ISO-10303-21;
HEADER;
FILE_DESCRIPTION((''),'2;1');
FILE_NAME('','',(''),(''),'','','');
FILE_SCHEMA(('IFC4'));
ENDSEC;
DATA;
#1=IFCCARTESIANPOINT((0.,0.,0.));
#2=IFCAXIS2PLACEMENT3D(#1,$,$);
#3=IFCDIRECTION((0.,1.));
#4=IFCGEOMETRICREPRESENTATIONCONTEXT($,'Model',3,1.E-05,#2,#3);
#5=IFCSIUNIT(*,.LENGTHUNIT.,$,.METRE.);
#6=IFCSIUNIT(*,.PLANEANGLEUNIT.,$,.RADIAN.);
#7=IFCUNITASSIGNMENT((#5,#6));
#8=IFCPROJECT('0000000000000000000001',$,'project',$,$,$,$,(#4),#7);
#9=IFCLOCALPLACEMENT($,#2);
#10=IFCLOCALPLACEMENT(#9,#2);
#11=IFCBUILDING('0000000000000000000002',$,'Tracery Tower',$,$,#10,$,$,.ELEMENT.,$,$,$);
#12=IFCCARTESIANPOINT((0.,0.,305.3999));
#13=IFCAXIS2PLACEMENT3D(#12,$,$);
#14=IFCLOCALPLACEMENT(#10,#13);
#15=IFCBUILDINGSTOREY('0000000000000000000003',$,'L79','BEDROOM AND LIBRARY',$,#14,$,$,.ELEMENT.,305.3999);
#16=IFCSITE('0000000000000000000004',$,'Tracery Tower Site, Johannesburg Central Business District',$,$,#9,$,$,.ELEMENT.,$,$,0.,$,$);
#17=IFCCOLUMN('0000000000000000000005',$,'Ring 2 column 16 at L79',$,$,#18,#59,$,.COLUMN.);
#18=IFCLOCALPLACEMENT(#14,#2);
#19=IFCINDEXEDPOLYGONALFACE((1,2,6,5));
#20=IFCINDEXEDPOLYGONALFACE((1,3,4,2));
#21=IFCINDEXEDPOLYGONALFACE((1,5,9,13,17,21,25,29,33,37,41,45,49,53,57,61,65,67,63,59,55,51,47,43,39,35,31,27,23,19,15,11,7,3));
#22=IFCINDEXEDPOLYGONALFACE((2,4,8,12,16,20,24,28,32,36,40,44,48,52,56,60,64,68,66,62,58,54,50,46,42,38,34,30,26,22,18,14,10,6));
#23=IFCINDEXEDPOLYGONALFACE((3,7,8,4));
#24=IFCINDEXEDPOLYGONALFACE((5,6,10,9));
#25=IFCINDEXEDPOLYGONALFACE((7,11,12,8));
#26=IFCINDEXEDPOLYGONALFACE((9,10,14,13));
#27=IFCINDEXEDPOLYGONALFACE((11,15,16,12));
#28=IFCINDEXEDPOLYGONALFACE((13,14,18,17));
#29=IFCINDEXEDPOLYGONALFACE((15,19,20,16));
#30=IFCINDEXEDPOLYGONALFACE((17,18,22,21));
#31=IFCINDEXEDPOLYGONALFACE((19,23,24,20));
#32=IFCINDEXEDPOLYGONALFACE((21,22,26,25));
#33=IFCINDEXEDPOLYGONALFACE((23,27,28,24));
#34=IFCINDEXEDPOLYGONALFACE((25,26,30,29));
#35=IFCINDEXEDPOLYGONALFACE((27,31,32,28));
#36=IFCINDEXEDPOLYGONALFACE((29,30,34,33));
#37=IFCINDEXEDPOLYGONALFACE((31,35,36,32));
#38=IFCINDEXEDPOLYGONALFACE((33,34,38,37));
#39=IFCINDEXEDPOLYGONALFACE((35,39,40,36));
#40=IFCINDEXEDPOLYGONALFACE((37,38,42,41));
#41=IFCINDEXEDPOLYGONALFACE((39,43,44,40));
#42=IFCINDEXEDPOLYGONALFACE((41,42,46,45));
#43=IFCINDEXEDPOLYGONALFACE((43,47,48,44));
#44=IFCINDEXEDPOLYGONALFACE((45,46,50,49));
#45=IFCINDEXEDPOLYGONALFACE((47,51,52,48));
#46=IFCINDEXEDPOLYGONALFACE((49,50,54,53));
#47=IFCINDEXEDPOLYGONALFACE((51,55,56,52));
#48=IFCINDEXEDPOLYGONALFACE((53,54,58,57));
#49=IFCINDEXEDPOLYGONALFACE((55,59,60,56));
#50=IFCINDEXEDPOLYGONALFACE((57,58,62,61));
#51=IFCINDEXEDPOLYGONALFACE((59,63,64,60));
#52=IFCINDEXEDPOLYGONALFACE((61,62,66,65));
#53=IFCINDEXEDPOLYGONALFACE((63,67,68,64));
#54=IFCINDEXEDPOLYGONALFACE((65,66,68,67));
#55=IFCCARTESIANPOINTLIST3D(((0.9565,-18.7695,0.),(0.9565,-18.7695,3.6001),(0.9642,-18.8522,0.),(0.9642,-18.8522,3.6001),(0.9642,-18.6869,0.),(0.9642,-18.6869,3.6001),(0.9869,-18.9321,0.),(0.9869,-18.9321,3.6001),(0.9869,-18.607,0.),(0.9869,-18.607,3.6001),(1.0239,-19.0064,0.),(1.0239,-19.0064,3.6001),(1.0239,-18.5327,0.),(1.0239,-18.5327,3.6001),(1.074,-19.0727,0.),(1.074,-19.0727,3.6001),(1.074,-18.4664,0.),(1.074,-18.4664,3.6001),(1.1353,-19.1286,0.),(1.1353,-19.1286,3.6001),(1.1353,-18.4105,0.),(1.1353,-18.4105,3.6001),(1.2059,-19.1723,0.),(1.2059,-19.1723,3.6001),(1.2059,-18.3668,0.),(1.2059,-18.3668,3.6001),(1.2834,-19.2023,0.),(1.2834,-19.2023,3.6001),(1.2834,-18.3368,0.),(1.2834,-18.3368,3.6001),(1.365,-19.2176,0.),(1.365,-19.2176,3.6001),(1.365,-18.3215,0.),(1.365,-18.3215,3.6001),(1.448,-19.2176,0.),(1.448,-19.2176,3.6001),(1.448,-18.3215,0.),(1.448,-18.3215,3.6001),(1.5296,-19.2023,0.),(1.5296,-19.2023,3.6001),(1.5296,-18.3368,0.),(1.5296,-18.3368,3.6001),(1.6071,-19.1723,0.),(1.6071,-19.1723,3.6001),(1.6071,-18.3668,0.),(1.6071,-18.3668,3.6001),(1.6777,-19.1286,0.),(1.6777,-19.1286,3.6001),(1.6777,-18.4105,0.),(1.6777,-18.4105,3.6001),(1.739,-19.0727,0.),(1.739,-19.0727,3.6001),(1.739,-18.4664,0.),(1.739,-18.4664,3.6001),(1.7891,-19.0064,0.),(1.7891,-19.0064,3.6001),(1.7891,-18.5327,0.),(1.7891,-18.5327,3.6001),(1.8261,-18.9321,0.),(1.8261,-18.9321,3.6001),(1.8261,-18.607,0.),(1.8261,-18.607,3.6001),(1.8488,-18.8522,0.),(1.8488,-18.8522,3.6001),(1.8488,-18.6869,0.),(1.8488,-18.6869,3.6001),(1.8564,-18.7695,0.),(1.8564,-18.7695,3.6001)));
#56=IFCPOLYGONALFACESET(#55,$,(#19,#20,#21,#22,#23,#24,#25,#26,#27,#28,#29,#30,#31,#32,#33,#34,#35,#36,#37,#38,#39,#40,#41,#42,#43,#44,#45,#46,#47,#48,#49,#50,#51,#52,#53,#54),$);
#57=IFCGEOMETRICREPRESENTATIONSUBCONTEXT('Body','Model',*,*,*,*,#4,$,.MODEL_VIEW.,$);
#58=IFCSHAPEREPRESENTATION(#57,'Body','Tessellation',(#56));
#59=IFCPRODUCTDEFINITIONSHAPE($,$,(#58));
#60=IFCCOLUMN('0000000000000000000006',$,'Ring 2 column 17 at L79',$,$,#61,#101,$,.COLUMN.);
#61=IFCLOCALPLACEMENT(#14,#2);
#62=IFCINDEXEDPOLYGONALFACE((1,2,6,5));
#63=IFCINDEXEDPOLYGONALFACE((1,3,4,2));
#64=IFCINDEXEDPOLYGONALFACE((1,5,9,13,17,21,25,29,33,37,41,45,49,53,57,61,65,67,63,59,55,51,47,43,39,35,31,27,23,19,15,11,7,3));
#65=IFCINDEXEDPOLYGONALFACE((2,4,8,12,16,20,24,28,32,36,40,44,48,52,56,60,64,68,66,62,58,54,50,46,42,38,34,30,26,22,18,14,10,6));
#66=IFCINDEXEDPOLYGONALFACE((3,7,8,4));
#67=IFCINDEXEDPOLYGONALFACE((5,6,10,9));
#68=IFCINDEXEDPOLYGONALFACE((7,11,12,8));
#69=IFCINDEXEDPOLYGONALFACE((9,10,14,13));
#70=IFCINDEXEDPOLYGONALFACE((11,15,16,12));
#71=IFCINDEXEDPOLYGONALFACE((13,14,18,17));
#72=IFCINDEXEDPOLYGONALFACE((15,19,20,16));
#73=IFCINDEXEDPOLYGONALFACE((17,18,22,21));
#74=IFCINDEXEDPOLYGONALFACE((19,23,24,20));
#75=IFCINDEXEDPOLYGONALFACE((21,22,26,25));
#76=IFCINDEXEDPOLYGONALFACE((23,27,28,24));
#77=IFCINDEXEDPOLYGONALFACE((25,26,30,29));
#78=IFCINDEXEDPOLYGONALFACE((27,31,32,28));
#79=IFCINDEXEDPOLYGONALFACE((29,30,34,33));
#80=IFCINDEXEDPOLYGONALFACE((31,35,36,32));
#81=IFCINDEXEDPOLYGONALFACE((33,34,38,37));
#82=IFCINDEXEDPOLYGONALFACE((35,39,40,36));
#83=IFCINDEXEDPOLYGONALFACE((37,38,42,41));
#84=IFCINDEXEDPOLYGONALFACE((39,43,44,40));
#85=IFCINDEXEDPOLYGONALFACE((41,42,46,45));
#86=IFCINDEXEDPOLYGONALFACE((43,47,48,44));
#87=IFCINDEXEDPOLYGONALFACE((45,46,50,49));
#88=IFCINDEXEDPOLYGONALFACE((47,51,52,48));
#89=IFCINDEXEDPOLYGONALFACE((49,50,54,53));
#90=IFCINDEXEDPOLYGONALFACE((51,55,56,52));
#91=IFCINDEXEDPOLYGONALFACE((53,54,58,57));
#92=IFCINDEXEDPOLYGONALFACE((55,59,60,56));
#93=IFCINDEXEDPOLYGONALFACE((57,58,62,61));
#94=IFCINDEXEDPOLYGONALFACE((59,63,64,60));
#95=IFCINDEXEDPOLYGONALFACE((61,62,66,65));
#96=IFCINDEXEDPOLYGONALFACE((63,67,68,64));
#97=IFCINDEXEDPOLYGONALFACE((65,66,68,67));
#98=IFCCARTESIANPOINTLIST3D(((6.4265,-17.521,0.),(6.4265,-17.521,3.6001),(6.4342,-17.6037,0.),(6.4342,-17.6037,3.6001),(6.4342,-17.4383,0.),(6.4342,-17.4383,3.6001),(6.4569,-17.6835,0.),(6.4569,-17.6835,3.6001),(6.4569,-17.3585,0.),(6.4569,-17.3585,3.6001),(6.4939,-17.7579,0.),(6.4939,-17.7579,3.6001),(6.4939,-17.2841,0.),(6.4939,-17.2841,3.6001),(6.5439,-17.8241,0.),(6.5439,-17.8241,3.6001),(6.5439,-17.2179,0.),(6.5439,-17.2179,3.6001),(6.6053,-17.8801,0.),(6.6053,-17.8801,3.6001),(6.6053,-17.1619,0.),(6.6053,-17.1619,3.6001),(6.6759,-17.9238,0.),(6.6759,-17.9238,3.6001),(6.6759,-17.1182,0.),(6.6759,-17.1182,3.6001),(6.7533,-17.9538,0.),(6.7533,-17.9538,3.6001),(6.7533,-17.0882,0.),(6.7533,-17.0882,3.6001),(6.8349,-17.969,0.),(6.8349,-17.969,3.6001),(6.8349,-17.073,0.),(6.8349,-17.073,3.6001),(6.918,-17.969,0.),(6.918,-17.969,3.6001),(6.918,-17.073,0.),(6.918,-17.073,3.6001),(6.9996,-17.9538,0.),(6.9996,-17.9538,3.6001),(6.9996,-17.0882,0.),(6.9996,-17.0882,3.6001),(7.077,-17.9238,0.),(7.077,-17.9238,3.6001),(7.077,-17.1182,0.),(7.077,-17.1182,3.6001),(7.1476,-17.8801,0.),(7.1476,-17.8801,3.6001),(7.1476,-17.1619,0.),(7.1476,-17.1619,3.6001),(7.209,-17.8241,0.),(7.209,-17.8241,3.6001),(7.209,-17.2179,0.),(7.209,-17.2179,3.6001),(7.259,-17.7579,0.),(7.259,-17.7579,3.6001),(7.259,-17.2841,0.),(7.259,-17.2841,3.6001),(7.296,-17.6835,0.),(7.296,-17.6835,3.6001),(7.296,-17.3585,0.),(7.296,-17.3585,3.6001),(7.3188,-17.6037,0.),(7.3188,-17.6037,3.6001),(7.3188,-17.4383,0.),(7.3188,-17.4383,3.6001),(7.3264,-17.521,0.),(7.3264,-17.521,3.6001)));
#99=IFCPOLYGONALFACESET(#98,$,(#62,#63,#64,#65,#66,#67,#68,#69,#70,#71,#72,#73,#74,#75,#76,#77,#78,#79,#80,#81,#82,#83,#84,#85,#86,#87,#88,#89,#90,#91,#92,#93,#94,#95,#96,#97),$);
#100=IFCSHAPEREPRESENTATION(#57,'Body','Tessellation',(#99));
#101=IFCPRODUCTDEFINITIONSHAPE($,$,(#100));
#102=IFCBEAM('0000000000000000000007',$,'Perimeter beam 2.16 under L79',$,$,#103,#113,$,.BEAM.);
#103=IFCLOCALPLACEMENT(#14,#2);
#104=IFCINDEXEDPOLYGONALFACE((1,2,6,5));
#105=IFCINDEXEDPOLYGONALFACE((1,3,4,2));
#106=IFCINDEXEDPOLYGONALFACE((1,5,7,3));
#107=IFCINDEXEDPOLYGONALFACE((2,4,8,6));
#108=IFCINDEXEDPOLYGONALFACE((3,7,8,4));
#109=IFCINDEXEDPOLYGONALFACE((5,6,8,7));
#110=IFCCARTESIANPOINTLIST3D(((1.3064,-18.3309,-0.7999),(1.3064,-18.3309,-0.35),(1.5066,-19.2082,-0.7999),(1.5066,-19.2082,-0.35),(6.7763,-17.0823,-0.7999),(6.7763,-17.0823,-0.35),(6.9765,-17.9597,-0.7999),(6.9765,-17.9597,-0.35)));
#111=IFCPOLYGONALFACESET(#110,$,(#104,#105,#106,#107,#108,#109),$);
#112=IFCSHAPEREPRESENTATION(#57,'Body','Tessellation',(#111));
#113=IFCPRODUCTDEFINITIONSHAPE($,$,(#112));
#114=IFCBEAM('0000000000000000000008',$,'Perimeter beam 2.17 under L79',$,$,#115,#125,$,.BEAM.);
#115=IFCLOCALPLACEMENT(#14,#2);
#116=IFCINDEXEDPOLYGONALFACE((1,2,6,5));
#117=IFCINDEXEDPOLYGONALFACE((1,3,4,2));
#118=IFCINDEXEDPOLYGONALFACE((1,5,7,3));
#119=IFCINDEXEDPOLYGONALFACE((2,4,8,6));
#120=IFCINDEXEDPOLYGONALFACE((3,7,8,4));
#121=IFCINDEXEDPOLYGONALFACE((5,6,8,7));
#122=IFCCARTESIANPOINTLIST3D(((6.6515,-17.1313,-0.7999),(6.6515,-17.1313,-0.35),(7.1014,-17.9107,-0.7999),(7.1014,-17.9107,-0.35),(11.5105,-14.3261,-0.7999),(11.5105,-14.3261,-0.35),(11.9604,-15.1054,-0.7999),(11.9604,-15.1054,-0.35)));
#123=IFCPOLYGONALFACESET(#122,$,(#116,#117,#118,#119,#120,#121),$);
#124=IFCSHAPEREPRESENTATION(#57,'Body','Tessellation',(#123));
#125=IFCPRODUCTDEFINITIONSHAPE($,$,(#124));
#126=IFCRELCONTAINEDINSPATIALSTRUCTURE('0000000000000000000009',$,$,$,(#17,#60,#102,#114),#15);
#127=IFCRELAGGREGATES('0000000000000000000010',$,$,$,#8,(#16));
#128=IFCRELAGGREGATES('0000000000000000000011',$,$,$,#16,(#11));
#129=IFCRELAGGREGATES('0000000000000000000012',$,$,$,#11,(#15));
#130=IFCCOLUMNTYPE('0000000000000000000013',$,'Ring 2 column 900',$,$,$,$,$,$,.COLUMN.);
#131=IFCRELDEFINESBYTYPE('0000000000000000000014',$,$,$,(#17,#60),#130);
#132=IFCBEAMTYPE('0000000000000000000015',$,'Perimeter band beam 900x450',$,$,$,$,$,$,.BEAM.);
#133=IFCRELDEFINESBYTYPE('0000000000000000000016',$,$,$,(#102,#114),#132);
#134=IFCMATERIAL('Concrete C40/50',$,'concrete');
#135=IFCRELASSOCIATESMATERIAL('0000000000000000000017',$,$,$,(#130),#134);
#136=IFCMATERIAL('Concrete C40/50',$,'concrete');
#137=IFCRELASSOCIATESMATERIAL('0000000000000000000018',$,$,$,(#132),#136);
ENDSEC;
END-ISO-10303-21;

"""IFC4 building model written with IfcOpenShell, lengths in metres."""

from ifc_helpers import new_model, si_unit, direction, frame, origin, origin_2d, place, context, subcontext, project, spatial, rectangle, circle, extrude, material, material_profile, profile_set, type_object, element, save


model = new_model("IFC4")

# Units and contexts
model_context = context("Model", 3, precision=1e-05, world=origin(), true_north=direction((0.0, 1.0)))
body_context = subcontext(model_context, "Body", "Model", "MODEL_VIEW")
ifc_project = project(units=[si_unit("LENGTHUNIT", "METRE"), si_unit("PLANEANGLEUNIT", "RADIAN")], contexts=[model_context])

# Site, building, storey
site_placement = place(None, origin())
site = spatial("IfcSite", under=ifc_project, at=site_placement, Name="Tracery Tower Site, Johannesburg Central Business District", CompositionType="ELEMENT", RefElevation=0.0)
building_placement = place(site_placement, origin())
building = spatial("IfcBuilding", under=site, at=building_placement, Name="Tracery Tower", CompositionType="ELEMENT")
storey_placement = place(building_placement, frame((0.0, 0.0, 305.3999)))
storey = spatial("IfcBuildingStorey", under=building, at=storey_placement, Name="L79", Description="BEDROOM AND LIBRARY", CompositionType="ELEMENT", Elevation=305.3999)

# Columns
ifc_material_1 = material(Name="Concrete C40/50", Category="concrete")
ifc_material_profile_1 = material_profile(ifc_material_1, circle(Radius=0.45, at=origin_2d()), Name="RC D900")
ifc_profile_set_1 = profile_set([ifc_material_profile_1], Name="Concrete C40/50")
column_type = type_object("IfcColumnType", Name="Ring 2 column 900", PredefinedType="COLUMN", material=ifc_profile_set_1)
for number, where, z_axis, x_axis, name in (
    (1, (1.4065, -18.7695, 0.0), (0.0, 0.0, 1.0), (1.0, 0.0, 0.0), "Ring 2 column 16 at L79"),
    (2, (6.8765, -17.521, 0.0), (0.0, 0.0, 1.0), (1.0, 0.0, 0.0), "Ring 2 column 17 at L79"),
):
    element("IfcColumn", number, at=place(storey_placement, frame(where, z_axis=z_axis, x_axis=x_axis)), inside=storey, type_object=column_type, Name=name, PredefinedType="COLUMN", context=body_context, shape_type="SweptSolid", body=[
        extrude(circle(Radius=0.45, at=origin_2d()), origin(), (0.0, 0.0, 1.0), 3.6001),
    ])

# Beams
ifc_material_2 = material(Name="Concrete C40/50", Category="concrete")
ifc_material_profile_2 = material_profile(ifc_material_2, rectangle(XDim=0.8999, YDim=0.45, at=origin_2d()), Name="RC 900x450")
ifc_profile_set_2 = profile_set([ifc_material_profile_2], Name="Concrete C40/50")
beam_type = type_object("IfcBeamType", Name="Perimeter band beam 900x450", PredefinedType="BEAM", material=ifc_profile_set_2)
for number, where, z_axis, x_axis, name in (
    (3, (1.4065, -18.7695, -0.575), (0.974926, 0.222529, 0.0), (-0.222529, 0.974926, 0.0), "Perimeter beam 2.16 under L79"),
    (4, (6.8765, -17.521, -0.575), (0.866033, 0.499986, 0.0), (-0.499986, 0.866033, 0.0), "Perimeter beam 2.17 under L79"),
):
    element("IfcBeam", number, at=place(storey_placement, frame(where, z_axis=z_axis, x_axis=x_axis)), inside=storey, type_object=beam_type, Name=name, PredefinedType="BEAM", context=body_context, shape_type="SweptSolid", body=[
        extrude(rectangle(XDim=0.8999, YDim=0.45, at=origin_2d()), origin(), (0.0, 0.0, 1.0), 5.6106),
    ])

save(model, "model.ifc")
